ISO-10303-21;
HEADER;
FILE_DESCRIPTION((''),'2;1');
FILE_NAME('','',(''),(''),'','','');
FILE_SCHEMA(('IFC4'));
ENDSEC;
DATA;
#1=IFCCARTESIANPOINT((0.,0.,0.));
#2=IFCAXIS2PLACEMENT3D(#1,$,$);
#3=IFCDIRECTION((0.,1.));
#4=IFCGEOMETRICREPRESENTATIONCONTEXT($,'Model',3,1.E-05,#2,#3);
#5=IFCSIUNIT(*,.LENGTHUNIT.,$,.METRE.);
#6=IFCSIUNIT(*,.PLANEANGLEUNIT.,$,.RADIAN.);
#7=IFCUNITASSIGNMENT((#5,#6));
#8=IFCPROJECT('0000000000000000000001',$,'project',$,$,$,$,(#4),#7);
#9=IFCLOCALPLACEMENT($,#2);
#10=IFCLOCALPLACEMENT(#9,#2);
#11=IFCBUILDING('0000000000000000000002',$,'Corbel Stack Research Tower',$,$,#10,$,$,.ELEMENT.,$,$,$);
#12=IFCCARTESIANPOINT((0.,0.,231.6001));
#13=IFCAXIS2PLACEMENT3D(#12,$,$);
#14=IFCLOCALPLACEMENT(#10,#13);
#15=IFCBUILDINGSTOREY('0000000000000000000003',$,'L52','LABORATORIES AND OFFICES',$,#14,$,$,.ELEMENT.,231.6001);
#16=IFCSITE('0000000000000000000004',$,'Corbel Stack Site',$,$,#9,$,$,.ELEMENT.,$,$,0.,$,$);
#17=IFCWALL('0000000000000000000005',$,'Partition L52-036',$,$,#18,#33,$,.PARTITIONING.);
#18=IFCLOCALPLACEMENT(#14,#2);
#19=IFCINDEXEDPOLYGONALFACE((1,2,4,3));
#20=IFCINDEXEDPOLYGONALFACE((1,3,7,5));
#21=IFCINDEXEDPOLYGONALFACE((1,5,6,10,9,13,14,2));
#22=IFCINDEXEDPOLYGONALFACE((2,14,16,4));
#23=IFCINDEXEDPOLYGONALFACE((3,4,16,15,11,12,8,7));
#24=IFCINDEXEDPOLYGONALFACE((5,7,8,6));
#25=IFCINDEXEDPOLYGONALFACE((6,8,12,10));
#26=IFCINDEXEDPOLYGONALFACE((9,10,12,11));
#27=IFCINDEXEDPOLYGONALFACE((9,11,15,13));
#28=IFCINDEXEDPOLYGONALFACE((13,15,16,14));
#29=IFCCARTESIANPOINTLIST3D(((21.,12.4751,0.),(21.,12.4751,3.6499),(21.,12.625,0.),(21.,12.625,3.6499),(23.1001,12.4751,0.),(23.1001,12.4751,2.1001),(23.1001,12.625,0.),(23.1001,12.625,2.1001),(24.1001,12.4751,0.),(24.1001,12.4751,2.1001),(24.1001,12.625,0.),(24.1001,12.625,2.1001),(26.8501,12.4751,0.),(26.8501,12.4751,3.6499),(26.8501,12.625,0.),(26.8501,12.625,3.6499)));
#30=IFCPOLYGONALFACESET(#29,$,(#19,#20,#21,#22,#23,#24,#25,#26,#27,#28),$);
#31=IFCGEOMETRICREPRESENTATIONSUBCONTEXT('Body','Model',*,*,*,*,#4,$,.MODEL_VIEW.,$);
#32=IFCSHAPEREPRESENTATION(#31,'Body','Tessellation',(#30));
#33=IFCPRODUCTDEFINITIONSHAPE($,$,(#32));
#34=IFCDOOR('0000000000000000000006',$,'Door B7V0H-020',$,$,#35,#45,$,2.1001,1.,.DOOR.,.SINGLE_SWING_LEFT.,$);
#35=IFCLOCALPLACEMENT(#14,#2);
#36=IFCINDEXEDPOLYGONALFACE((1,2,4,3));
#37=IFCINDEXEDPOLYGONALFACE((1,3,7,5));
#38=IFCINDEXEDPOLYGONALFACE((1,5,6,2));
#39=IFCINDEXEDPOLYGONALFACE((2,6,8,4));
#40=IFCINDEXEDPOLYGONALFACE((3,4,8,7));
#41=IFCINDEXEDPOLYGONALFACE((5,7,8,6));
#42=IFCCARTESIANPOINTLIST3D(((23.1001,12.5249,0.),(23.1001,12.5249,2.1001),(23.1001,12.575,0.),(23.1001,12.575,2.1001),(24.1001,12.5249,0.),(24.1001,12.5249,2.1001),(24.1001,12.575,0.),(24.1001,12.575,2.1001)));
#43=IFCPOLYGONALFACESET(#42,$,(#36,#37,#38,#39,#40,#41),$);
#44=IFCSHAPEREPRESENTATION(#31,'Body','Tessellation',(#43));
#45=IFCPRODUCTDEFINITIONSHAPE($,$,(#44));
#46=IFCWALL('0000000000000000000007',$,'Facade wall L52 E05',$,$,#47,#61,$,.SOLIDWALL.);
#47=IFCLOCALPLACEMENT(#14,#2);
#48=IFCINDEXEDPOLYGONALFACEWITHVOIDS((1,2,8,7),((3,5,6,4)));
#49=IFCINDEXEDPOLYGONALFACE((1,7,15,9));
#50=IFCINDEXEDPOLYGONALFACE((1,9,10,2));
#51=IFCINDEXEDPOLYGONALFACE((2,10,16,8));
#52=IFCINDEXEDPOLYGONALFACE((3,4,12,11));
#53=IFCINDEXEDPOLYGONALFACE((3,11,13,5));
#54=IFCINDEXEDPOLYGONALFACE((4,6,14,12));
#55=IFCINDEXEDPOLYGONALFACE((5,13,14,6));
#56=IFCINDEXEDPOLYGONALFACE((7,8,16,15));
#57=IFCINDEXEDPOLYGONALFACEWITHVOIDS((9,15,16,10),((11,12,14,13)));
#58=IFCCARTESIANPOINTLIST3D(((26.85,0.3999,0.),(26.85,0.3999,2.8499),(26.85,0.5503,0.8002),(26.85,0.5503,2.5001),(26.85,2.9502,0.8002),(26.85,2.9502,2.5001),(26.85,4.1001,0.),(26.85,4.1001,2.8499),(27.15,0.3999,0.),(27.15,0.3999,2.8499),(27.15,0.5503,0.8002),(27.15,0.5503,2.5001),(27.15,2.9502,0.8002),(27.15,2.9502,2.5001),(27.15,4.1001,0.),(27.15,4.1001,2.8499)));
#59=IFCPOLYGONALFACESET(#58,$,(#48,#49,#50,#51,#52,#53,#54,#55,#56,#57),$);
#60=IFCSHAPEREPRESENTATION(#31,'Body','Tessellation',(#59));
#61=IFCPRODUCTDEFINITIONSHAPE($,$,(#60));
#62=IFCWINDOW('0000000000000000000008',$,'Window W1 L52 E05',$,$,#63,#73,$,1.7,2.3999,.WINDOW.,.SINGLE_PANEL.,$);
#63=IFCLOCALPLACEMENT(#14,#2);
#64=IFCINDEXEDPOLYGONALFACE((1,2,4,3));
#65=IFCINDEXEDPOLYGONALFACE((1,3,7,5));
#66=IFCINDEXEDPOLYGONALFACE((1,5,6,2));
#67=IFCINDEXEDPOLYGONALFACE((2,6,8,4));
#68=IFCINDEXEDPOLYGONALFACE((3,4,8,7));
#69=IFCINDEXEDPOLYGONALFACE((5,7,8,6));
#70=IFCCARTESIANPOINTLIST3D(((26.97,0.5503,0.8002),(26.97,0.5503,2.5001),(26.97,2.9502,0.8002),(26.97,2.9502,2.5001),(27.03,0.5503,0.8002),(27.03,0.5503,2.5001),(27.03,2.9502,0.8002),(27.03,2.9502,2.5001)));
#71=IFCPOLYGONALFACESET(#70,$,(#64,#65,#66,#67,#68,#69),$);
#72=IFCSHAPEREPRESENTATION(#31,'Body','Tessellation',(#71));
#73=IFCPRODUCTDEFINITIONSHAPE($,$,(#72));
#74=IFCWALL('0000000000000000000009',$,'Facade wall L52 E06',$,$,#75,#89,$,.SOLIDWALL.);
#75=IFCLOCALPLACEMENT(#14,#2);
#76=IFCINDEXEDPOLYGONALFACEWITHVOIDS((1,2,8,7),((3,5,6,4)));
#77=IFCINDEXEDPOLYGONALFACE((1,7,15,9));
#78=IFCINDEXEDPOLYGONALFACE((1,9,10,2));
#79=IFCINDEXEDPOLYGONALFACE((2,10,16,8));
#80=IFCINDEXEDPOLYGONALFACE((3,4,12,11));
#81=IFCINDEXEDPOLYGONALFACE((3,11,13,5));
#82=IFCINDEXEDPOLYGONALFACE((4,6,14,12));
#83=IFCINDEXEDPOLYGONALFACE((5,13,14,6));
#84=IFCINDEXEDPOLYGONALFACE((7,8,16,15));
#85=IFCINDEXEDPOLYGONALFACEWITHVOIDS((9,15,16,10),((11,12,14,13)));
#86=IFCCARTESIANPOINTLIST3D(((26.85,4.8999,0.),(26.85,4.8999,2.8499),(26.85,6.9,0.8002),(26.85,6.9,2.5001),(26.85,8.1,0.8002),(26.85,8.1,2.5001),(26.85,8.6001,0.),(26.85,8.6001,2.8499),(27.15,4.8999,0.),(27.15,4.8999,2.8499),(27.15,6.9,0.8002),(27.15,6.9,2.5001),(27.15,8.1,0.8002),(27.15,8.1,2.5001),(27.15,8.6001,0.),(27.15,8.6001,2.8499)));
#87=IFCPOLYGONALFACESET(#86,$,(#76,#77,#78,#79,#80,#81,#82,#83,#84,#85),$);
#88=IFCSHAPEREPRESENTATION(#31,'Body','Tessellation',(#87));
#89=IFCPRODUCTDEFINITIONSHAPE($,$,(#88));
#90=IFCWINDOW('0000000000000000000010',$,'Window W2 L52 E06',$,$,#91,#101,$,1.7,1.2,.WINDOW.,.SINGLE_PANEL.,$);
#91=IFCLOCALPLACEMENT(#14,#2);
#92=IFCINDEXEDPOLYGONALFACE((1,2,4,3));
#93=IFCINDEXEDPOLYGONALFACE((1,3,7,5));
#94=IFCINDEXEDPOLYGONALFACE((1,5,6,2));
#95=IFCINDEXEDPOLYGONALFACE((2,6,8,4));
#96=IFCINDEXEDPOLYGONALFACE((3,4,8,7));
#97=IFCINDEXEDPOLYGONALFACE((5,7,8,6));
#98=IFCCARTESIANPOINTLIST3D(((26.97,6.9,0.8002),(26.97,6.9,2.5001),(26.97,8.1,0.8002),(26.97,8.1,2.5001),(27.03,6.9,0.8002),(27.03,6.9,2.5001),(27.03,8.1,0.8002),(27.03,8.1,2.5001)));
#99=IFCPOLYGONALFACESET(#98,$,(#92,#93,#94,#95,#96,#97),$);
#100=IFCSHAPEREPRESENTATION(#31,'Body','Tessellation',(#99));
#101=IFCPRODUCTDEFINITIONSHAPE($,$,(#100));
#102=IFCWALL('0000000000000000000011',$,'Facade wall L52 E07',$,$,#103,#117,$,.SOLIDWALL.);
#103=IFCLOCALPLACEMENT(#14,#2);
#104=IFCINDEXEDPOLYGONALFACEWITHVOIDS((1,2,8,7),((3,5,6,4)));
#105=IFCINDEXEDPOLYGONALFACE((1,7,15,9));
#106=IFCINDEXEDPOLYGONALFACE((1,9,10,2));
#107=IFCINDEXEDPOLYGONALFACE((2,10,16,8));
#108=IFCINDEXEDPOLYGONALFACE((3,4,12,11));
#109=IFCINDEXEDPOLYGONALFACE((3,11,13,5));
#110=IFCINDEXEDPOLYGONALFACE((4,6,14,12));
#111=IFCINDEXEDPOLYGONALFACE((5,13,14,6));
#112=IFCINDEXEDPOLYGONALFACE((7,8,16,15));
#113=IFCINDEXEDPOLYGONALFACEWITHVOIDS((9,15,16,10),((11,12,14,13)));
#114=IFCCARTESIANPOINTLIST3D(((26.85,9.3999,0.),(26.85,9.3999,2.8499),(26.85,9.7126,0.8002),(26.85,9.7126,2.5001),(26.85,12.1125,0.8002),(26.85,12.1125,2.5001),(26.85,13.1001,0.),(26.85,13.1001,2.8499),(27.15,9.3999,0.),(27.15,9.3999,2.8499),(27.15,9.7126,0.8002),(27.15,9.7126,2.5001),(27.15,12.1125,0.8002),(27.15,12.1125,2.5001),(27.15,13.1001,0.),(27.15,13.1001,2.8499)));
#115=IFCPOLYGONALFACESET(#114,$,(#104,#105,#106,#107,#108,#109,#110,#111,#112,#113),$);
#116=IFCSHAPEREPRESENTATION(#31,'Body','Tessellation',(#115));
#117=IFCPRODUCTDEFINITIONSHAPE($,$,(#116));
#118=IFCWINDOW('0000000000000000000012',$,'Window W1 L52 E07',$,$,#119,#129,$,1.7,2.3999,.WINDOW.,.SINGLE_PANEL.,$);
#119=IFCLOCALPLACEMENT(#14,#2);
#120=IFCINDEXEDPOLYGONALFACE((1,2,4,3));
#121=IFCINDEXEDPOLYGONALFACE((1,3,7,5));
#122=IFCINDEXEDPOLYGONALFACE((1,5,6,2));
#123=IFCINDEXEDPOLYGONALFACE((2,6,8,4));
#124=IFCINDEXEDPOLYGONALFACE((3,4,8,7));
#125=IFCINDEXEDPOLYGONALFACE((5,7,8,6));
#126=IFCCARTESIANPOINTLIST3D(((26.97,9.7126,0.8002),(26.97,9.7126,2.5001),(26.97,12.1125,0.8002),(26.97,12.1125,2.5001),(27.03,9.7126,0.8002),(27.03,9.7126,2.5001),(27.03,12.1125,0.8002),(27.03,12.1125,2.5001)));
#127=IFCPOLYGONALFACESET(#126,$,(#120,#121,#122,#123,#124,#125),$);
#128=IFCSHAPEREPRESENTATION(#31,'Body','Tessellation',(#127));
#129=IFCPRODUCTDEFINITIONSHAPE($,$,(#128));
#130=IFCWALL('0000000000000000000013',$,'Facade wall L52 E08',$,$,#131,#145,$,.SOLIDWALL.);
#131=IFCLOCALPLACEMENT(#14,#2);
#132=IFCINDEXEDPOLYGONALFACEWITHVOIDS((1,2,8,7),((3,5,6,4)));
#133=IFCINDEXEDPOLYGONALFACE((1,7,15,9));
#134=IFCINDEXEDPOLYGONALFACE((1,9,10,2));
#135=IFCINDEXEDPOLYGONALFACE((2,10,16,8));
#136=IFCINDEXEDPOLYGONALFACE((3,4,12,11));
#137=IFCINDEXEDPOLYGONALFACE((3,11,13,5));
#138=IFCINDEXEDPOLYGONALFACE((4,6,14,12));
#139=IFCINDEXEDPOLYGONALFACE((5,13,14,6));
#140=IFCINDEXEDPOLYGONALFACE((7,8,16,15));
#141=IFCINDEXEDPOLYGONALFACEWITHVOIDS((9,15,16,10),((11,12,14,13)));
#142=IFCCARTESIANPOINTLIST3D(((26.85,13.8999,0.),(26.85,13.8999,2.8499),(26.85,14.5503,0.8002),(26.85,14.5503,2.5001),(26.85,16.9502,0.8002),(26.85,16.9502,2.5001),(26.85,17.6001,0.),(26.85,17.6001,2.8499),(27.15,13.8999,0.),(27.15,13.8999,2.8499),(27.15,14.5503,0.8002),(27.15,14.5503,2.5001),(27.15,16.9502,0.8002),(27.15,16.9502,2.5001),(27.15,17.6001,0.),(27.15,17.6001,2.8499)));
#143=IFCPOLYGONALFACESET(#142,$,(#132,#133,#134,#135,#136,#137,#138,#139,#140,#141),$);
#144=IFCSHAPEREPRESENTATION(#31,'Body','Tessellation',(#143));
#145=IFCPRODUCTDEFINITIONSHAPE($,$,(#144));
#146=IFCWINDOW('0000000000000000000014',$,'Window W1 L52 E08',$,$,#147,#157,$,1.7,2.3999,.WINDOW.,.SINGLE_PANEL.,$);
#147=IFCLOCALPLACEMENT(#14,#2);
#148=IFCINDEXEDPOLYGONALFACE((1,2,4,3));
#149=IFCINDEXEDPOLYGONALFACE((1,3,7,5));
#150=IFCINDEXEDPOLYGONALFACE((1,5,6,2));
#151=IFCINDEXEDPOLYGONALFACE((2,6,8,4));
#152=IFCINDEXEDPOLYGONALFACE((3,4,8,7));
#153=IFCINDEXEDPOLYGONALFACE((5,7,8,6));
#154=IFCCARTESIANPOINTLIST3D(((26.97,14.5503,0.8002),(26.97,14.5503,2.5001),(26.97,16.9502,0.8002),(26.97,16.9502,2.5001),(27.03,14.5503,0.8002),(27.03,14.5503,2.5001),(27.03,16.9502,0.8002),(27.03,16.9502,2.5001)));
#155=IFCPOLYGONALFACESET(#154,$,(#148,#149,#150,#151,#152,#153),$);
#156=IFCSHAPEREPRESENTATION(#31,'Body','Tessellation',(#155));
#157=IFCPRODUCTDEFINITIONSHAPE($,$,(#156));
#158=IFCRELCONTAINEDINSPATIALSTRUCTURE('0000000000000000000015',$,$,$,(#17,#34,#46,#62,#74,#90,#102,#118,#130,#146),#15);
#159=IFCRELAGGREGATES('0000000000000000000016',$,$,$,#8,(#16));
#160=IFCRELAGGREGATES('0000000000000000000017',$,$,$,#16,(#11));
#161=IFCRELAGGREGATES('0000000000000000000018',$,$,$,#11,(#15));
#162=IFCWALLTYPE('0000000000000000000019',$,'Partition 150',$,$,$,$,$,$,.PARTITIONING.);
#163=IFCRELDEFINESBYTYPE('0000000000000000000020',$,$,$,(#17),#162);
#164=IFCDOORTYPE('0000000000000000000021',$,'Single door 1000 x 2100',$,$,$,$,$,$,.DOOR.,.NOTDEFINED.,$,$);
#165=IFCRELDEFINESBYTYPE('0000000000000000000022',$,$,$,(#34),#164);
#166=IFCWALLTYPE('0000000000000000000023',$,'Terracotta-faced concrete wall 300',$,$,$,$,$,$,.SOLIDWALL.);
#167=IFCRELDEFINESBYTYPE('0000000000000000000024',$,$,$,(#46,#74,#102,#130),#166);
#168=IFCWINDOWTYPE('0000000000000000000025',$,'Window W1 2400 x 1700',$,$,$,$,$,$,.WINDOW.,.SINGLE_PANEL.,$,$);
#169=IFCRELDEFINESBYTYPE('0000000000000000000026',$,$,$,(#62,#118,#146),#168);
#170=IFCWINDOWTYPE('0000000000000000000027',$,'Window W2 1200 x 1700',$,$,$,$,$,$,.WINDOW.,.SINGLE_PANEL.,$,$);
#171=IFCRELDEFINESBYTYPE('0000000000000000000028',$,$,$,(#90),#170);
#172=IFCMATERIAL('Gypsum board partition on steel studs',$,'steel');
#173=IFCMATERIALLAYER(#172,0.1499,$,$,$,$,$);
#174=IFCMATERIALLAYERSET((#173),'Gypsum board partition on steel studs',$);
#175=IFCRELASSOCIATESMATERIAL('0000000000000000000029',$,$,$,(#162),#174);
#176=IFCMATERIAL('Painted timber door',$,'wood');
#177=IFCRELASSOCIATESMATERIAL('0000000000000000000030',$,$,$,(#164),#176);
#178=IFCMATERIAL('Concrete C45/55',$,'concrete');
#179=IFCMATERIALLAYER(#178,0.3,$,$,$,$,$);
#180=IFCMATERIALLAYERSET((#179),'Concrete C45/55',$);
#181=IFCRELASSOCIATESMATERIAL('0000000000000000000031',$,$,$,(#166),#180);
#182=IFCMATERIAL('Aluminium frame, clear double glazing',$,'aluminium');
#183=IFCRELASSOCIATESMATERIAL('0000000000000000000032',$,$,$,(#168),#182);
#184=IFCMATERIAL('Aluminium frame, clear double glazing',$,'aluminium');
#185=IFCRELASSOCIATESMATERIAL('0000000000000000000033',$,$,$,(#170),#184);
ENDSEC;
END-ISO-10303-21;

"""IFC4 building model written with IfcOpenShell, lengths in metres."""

from ifc_helpers import new_model, si_unit, direction, frame, frame_2d, origin, place, context, subcontext, project, spatial, rectangle, extrude, material, layer, layer_set, type_object, element, fill, save


model = new_model("IFC4")

# Units and contexts
model_context = context("Model", 3, precision=1e-05, world=origin(), true_north=direction((0.0, 1.0)))
body_context = subcontext(model_context, "Body", "Model", "MODEL_VIEW")
ifc_project = project(units=[si_unit("LENGTHUNIT", "METRE"), si_unit("PLANEANGLEUNIT", "RADIAN")], contexts=[model_context])

# Site, building, storey
site_placement = place(None, origin())
site = spatial("IfcSite", under=ifc_project, at=site_placement, Name="Corbel Stack Site", CompositionType="ELEMENT", RefElevation=0.0)
building_placement = place(site_placement, origin())
building = spatial("IfcBuilding", under=site, at=building_placement, Name="Corbel Stack Research Tower", CompositionType="ELEMENT")
storey_placement = place(building_placement, frame((0.0, 0.0, 231.6001)))
storey = spatial("IfcBuildingStorey", under=building, at=storey_placement, Name="L52", Description="LABORATORIES AND OFFICES", CompositionType="ELEMENT", Elevation=231.6001)

# Wall, opening, door
ifc_material_1 = material(Name="Gypsum board partition on steel studs", Category="steel")
ifc_layer_1 = layer(ifc_material_1, 0.1499)
ifc_layer_set_1 = layer_set([ifc_layer_1], Name="Gypsum board partition on steel studs")
wall_type_1 = type_object("IfcWallType", Name="Partition 150", PredefinedType="PARTITIONING", material=ifc_layer_set_1)
wall_1_placement = place(storey_placement, frame((21.0, 12.55, 0.0), z_axis=(0.0, 0.0, 1.0), x_axis=(1.0, 0.0, 0.0)))
wall_1 = element("IfcWall", 1, at=wall_1_placement, inside=storey, type_object=wall_type_1, Name="Partition L52-036", PredefinedType="PARTITIONING", context=body_context, shape_type="SweptSolid", body=[
    extrude(rectangle(XDim=5.8501, YDim=0.1499, at=frame_2d((2.925, 0.0))), origin(), (0.0, 0.0, 1.0), 3.6499),
])
opening_1_placement = place(wall_1_placement, frame((2.1001, 0.0, 0.0)))
opening_1 = element("IfcOpeningElement", 2, at=opening_1_placement, cuts=wall_1, PredefinedType="OPENING", context=body_context, shape_type="SweptSolid", body=[
    extrude(rectangle(XDim=1.0, YDim=2.1001, at=frame_2d((0.5, 1.05))), frame((0.0, 0.085, 0.0), z_axis=(0.0, -1.0, 0.0), x_axis=(1.0, 0.0, 0.0)), (0.0, 0.0, 1.0), 0.1699),
])
ifc_material_2 = material(Name="Painted timber door", Category="wood")
door_type = type_object("IfcDoorType", Name="Single door 1000 x 2100", OperationType="NOTDEFINED", PredefinedType="DOOR", material=ifc_material_2)
door_placement = place(opening_1_placement, origin())
door = element("IfcDoor", 3, at=door_placement, inside=storey, type_object=door_type, Name="Door B7V0H-020", OperationType="SINGLE_SWING_LEFT", OverallHeight=2.1001, OverallWidth=1.0, PredefinedType="DOOR", context=body_context, shape_type="SweptSolid", body=[
    extrude(rectangle(XDim=1.0, YDim=2.1001, at=frame_2d((0.5, 1.05))), frame((0.0, 0.0249, 0.0), z_axis=(0.0, -1.0, 0.0), x_axis=(1.0, 0.0, 0.0)), (0.0, 0.0, 1.0), 0.05),
])
fill(opening_1, door)

# Walls, openings, windows
ifc_material_3 = material(Name="Concrete C45/55", Category="concrete")
ifc_layer_2 = layer(ifc_material_3, 0.3)
ifc_layer_set_2 = layer_set([ifc_layer_2], Name="Concrete C45/55")
wall_type_2 = type_object("IfcWallType", Name="Terracotta-faced concrete wall 300", PredefinedType="SOLIDWALL", material=ifc_layer_set_2)
wall_2_placement = place(storey_placement, frame((27.0, 4.1001, 0.0), z_axis=(0.0, 0.0, 1.0), x_axis=(0.0, -1.0, 0.0)))
wall_2 = element("IfcWall", 4, at=wall_2_placement, inside=storey, type_object=wall_type_2, Name="Facade wall L52 E05", PredefinedType="SOLIDWALL", context=body_context, shape_type="SweptSolid", body=[
    extrude(rectangle(XDim=3.7002, YDim=0.3, at=frame_2d((1.8501, 0.0))), origin(), (0.0, 0.0, 1.0), 2.8499),
])
opening_2_placement = place(wall_2_placement, frame((1.1499, 0.0, 0.8)))
opening_2 = element("IfcOpeningElement", 5, at=opening_2_placement, cuts=wall_2, PredefinedType="OPENING", context=body_context, shape_type="SweptSolid", body=[
    extrude(rectangle(XDim=2.3999, YDim=1.7, at=frame_2d((1.2, 0.8501))), frame((0.0, 0.1599, 0.0), z_axis=(0.0, -1.0, 0.0), x_axis=(1.0, 0.0, 0.0)), (0.0, 0.0, 1.0), 0.3201),
])
ifc_material_4 = material(Name="Aluminium frame, clear double glazing", Category="aluminium")
window_type_1 = type_object("IfcWindowType", Name="Window W1 2400 x 1700", PartitioningType="SINGLE_PANEL", PredefinedType="WINDOW", material=ifc_material_4)
window_1_placement = place(opening_2_placement, origin())
window_1 = element("IfcWindow", 6, at=window_1_placement, inside=storey, type_object=window_type_1, Name="Window W1 L52 E05", OverallHeight=1.7, OverallWidth=2.3999, PartitioningType="SINGLE_PANEL", PredefinedType="WINDOW", context=body_context, shape_type="SweptSolid", body=[
    extrude(rectangle(XDim=2.3999, YDim=1.7, at=frame_2d((1.2, 0.8501))), frame((0.0, 0.03, 0.0), z_axis=(0.0, -1.0, 0.0), x_axis=(1.0, 0.0, 0.0)), (0.0, 0.0, 1.0), 0.0601),
])
fill(opening_2, window_1)
wall_3_placement = place(storey_placement, frame((27.0, 8.6001, 0.0), z_axis=(0.0, 0.0, 1.0), x_axis=(0.0, -1.0, 0.0)))
wall_3 = element("IfcWall", 7, at=wall_3_placement, inside=storey, type_object=wall_type_2, Name="Facade wall L52 E06", PredefinedType="SOLIDWALL", context=body_context, shape_type="SweptSolid", body=[
    extrude(rectangle(XDim=3.7002, YDim=0.3, at=frame_2d((1.8501, 0.0))), origin(), (0.0, 0.0, 1.0), 2.8499),
])
opening_3_placement = place(wall_3_placement, frame((0.5, 0.0, 0.8)))
opening_3 = element("IfcOpeningElement", 8, at=opening_3_placement, cuts=wall_3, PredefinedType="OPENING", context=body_context, shape_type="SweptSolid", body=[
    extrude(rectangle(XDim=1.2, YDim=1.7, at=frame_2d((0.6001, 0.8501))), frame((0.0, 0.1599, 0.0), z_axis=(0.0, -1.0, 0.0), x_axis=(1.0, 0.0, 0.0)), (0.0, 0.0, 1.0), 0.3201),
])
ifc_material_5 = material(Name="Aluminium frame, clear double glazing", Category="aluminium")
window_type_2 = type_object("IfcWindowType", Name="Window W2 1200 x 1700", PartitioningType="SINGLE_PANEL", PredefinedType="WINDOW", material=ifc_material_5)
window_2_placement = place(opening_3_placement, origin())
window_2 = element("IfcWindow", 9, at=window_2_placement, inside=storey, type_object=window_type_2, Name="Window W2 L52 E06", OverallHeight=1.7, OverallWidth=1.2, PartitioningType="SINGLE_PANEL", PredefinedType="WINDOW", context=body_context, shape_type="SweptSolid", body=[
    extrude(rectangle(XDim=1.2, YDim=1.7, at=frame_2d((0.6001, 0.8501))), frame((0.0, 0.03, 0.0), z_axis=(0.0, -1.0, 0.0), x_axis=(1.0, 0.0, 0.0)), (0.0, 0.0, 1.0), 0.0601),
])
fill(opening_3, window_2)
wall_4_placement = place(storey_placement, frame((27.0, 13.1001, 0.0), z_axis=(0.0, 0.0, 1.0), x_axis=(0.0, -1.0, 0.0)))
wall_4 = element("IfcWall", 10, at=wall_4_placement, inside=storey, type_object=wall_type_2, Name="Facade wall L52 E07", PredefinedType="SOLIDWALL", context=body_context, shape_type="SweptSolid", body=[
    extrude(rectangle(XDim=3.7002, YDim=0.3, at=frame_2d((1.8501, 0.0))), origin(), (0.0, 0.0, 1.0), 2.8499),
])
opening_4_placement = place(wall_4_placement, frame((0.9875, 0.0, 0.8)))
opening_4 = element("IfcOpeningElement", 11, at=opening_4_placement, cuts=wall_4, PredefinedType="OPENING", context=body_context, shape_type="SweptSolid", body=[
    extrude(rectangle(XDim=2.3999, YDim=1.7, at=frame_2d((1.2, 0.8501))), frame((0.0, 0.1599, 0.0), z_axis=(0.0, -1.0, 0.0), x_axis=(1.0, 0.0, 0.0)), (0.0, 0.0, 1.0), 0.3201),
])
window_3_placement = place(opening_4_placement, origin())
window_3 = element("IfcWindow", 12, at=window_3_placement, inside=storey, type_object=window_type_1, Name="Window W1 L52 E07", OverallHeight=1.7, OverallWidth=2.3999, PartitioningType="SINGLE_PANEL", PredefinedType="WINDOW", context=body_context, shape_type="SweptSolid", body=[
    extrude(rectangle(XDim=2.3999, YDim=1.7, at=frame_2d((1.2, 0.8501))), frame((0.0, 0.03, 0.0), z_axis=(0.0, -1.0, 0.0), x_axis=(1.0, 0.0, 0.0)), (0.0, 0.0, 1.0), 0.0601),
])
fill(opening_4, window_3)
wall_5_placement = place(storey_placement, frame((27.0, 17.6001, 0.0), z_axis=(0.0, 0.0, 1.0), x_axis=(0.0, -1.0, 0.0)))
wall_5 = element("IfcWall", 13, at=wall_5_placement, inside=storey, type_object=wall_type_2, Name="Facade wall L52 E08", PredefinedType="SOLIDWALL", context=body_context, shape_type="SweptSolid", body=[
    extrude(rectangle(XDim=3.7002, YDim=0.3, at=frame_2d((1.8501, 0.0))), origin(), (0.0, 0.0, 1.0), 2.8499),
])
opening_5_placement = place(wall_5_placement, frame((0.6499, 0.0, 0.8)))
opening_5 = element("IfcOpeningElement", 14, at=opening_5_placement, cuts=wall_5, PredefinedType="OPENING", context=body_context, shape_type="SweptSolid", body=[
    extrude(rectangle(XDim=2.3999, YDim=1.7, at=frame_2d((1.2, 0.8501))), frame((0.0, 0.1599, 0.0), z_axis=(0.0, -1.0, 0.0), x_axis=(1.0, 0.0, 0.0)), (0.0, 0.0, 1.0), 0.3201),
])
window_4_placement = place(opening_5_placement, origin())
window_4 = element("IfcWindow", 15, at=window_4_placement, inside=storey, type_object=window_type_1, Name="Window W1 L52 E08", OverallHeight=1.7, OverallWidth=2.3999, PartitioningType="SINGLE_PANEL", PredefinedType="WINDOW", context=body_context, shape_type="SweptSolid", body=[
    extrude(rectangle(XDim=2.3999, YDim=1.7, at=frame_2d((1.2, 0.8501))), frame((0.0, 0.03, 0.0), z_axis=(0.0, -1.0, 0.0), x_axis=(1.0, 0.0, 0.0)), (0.0, 0.0, 1.0), 0.0601),
])
fill(opening_5, window_4)

save(model, "model.ifc")
